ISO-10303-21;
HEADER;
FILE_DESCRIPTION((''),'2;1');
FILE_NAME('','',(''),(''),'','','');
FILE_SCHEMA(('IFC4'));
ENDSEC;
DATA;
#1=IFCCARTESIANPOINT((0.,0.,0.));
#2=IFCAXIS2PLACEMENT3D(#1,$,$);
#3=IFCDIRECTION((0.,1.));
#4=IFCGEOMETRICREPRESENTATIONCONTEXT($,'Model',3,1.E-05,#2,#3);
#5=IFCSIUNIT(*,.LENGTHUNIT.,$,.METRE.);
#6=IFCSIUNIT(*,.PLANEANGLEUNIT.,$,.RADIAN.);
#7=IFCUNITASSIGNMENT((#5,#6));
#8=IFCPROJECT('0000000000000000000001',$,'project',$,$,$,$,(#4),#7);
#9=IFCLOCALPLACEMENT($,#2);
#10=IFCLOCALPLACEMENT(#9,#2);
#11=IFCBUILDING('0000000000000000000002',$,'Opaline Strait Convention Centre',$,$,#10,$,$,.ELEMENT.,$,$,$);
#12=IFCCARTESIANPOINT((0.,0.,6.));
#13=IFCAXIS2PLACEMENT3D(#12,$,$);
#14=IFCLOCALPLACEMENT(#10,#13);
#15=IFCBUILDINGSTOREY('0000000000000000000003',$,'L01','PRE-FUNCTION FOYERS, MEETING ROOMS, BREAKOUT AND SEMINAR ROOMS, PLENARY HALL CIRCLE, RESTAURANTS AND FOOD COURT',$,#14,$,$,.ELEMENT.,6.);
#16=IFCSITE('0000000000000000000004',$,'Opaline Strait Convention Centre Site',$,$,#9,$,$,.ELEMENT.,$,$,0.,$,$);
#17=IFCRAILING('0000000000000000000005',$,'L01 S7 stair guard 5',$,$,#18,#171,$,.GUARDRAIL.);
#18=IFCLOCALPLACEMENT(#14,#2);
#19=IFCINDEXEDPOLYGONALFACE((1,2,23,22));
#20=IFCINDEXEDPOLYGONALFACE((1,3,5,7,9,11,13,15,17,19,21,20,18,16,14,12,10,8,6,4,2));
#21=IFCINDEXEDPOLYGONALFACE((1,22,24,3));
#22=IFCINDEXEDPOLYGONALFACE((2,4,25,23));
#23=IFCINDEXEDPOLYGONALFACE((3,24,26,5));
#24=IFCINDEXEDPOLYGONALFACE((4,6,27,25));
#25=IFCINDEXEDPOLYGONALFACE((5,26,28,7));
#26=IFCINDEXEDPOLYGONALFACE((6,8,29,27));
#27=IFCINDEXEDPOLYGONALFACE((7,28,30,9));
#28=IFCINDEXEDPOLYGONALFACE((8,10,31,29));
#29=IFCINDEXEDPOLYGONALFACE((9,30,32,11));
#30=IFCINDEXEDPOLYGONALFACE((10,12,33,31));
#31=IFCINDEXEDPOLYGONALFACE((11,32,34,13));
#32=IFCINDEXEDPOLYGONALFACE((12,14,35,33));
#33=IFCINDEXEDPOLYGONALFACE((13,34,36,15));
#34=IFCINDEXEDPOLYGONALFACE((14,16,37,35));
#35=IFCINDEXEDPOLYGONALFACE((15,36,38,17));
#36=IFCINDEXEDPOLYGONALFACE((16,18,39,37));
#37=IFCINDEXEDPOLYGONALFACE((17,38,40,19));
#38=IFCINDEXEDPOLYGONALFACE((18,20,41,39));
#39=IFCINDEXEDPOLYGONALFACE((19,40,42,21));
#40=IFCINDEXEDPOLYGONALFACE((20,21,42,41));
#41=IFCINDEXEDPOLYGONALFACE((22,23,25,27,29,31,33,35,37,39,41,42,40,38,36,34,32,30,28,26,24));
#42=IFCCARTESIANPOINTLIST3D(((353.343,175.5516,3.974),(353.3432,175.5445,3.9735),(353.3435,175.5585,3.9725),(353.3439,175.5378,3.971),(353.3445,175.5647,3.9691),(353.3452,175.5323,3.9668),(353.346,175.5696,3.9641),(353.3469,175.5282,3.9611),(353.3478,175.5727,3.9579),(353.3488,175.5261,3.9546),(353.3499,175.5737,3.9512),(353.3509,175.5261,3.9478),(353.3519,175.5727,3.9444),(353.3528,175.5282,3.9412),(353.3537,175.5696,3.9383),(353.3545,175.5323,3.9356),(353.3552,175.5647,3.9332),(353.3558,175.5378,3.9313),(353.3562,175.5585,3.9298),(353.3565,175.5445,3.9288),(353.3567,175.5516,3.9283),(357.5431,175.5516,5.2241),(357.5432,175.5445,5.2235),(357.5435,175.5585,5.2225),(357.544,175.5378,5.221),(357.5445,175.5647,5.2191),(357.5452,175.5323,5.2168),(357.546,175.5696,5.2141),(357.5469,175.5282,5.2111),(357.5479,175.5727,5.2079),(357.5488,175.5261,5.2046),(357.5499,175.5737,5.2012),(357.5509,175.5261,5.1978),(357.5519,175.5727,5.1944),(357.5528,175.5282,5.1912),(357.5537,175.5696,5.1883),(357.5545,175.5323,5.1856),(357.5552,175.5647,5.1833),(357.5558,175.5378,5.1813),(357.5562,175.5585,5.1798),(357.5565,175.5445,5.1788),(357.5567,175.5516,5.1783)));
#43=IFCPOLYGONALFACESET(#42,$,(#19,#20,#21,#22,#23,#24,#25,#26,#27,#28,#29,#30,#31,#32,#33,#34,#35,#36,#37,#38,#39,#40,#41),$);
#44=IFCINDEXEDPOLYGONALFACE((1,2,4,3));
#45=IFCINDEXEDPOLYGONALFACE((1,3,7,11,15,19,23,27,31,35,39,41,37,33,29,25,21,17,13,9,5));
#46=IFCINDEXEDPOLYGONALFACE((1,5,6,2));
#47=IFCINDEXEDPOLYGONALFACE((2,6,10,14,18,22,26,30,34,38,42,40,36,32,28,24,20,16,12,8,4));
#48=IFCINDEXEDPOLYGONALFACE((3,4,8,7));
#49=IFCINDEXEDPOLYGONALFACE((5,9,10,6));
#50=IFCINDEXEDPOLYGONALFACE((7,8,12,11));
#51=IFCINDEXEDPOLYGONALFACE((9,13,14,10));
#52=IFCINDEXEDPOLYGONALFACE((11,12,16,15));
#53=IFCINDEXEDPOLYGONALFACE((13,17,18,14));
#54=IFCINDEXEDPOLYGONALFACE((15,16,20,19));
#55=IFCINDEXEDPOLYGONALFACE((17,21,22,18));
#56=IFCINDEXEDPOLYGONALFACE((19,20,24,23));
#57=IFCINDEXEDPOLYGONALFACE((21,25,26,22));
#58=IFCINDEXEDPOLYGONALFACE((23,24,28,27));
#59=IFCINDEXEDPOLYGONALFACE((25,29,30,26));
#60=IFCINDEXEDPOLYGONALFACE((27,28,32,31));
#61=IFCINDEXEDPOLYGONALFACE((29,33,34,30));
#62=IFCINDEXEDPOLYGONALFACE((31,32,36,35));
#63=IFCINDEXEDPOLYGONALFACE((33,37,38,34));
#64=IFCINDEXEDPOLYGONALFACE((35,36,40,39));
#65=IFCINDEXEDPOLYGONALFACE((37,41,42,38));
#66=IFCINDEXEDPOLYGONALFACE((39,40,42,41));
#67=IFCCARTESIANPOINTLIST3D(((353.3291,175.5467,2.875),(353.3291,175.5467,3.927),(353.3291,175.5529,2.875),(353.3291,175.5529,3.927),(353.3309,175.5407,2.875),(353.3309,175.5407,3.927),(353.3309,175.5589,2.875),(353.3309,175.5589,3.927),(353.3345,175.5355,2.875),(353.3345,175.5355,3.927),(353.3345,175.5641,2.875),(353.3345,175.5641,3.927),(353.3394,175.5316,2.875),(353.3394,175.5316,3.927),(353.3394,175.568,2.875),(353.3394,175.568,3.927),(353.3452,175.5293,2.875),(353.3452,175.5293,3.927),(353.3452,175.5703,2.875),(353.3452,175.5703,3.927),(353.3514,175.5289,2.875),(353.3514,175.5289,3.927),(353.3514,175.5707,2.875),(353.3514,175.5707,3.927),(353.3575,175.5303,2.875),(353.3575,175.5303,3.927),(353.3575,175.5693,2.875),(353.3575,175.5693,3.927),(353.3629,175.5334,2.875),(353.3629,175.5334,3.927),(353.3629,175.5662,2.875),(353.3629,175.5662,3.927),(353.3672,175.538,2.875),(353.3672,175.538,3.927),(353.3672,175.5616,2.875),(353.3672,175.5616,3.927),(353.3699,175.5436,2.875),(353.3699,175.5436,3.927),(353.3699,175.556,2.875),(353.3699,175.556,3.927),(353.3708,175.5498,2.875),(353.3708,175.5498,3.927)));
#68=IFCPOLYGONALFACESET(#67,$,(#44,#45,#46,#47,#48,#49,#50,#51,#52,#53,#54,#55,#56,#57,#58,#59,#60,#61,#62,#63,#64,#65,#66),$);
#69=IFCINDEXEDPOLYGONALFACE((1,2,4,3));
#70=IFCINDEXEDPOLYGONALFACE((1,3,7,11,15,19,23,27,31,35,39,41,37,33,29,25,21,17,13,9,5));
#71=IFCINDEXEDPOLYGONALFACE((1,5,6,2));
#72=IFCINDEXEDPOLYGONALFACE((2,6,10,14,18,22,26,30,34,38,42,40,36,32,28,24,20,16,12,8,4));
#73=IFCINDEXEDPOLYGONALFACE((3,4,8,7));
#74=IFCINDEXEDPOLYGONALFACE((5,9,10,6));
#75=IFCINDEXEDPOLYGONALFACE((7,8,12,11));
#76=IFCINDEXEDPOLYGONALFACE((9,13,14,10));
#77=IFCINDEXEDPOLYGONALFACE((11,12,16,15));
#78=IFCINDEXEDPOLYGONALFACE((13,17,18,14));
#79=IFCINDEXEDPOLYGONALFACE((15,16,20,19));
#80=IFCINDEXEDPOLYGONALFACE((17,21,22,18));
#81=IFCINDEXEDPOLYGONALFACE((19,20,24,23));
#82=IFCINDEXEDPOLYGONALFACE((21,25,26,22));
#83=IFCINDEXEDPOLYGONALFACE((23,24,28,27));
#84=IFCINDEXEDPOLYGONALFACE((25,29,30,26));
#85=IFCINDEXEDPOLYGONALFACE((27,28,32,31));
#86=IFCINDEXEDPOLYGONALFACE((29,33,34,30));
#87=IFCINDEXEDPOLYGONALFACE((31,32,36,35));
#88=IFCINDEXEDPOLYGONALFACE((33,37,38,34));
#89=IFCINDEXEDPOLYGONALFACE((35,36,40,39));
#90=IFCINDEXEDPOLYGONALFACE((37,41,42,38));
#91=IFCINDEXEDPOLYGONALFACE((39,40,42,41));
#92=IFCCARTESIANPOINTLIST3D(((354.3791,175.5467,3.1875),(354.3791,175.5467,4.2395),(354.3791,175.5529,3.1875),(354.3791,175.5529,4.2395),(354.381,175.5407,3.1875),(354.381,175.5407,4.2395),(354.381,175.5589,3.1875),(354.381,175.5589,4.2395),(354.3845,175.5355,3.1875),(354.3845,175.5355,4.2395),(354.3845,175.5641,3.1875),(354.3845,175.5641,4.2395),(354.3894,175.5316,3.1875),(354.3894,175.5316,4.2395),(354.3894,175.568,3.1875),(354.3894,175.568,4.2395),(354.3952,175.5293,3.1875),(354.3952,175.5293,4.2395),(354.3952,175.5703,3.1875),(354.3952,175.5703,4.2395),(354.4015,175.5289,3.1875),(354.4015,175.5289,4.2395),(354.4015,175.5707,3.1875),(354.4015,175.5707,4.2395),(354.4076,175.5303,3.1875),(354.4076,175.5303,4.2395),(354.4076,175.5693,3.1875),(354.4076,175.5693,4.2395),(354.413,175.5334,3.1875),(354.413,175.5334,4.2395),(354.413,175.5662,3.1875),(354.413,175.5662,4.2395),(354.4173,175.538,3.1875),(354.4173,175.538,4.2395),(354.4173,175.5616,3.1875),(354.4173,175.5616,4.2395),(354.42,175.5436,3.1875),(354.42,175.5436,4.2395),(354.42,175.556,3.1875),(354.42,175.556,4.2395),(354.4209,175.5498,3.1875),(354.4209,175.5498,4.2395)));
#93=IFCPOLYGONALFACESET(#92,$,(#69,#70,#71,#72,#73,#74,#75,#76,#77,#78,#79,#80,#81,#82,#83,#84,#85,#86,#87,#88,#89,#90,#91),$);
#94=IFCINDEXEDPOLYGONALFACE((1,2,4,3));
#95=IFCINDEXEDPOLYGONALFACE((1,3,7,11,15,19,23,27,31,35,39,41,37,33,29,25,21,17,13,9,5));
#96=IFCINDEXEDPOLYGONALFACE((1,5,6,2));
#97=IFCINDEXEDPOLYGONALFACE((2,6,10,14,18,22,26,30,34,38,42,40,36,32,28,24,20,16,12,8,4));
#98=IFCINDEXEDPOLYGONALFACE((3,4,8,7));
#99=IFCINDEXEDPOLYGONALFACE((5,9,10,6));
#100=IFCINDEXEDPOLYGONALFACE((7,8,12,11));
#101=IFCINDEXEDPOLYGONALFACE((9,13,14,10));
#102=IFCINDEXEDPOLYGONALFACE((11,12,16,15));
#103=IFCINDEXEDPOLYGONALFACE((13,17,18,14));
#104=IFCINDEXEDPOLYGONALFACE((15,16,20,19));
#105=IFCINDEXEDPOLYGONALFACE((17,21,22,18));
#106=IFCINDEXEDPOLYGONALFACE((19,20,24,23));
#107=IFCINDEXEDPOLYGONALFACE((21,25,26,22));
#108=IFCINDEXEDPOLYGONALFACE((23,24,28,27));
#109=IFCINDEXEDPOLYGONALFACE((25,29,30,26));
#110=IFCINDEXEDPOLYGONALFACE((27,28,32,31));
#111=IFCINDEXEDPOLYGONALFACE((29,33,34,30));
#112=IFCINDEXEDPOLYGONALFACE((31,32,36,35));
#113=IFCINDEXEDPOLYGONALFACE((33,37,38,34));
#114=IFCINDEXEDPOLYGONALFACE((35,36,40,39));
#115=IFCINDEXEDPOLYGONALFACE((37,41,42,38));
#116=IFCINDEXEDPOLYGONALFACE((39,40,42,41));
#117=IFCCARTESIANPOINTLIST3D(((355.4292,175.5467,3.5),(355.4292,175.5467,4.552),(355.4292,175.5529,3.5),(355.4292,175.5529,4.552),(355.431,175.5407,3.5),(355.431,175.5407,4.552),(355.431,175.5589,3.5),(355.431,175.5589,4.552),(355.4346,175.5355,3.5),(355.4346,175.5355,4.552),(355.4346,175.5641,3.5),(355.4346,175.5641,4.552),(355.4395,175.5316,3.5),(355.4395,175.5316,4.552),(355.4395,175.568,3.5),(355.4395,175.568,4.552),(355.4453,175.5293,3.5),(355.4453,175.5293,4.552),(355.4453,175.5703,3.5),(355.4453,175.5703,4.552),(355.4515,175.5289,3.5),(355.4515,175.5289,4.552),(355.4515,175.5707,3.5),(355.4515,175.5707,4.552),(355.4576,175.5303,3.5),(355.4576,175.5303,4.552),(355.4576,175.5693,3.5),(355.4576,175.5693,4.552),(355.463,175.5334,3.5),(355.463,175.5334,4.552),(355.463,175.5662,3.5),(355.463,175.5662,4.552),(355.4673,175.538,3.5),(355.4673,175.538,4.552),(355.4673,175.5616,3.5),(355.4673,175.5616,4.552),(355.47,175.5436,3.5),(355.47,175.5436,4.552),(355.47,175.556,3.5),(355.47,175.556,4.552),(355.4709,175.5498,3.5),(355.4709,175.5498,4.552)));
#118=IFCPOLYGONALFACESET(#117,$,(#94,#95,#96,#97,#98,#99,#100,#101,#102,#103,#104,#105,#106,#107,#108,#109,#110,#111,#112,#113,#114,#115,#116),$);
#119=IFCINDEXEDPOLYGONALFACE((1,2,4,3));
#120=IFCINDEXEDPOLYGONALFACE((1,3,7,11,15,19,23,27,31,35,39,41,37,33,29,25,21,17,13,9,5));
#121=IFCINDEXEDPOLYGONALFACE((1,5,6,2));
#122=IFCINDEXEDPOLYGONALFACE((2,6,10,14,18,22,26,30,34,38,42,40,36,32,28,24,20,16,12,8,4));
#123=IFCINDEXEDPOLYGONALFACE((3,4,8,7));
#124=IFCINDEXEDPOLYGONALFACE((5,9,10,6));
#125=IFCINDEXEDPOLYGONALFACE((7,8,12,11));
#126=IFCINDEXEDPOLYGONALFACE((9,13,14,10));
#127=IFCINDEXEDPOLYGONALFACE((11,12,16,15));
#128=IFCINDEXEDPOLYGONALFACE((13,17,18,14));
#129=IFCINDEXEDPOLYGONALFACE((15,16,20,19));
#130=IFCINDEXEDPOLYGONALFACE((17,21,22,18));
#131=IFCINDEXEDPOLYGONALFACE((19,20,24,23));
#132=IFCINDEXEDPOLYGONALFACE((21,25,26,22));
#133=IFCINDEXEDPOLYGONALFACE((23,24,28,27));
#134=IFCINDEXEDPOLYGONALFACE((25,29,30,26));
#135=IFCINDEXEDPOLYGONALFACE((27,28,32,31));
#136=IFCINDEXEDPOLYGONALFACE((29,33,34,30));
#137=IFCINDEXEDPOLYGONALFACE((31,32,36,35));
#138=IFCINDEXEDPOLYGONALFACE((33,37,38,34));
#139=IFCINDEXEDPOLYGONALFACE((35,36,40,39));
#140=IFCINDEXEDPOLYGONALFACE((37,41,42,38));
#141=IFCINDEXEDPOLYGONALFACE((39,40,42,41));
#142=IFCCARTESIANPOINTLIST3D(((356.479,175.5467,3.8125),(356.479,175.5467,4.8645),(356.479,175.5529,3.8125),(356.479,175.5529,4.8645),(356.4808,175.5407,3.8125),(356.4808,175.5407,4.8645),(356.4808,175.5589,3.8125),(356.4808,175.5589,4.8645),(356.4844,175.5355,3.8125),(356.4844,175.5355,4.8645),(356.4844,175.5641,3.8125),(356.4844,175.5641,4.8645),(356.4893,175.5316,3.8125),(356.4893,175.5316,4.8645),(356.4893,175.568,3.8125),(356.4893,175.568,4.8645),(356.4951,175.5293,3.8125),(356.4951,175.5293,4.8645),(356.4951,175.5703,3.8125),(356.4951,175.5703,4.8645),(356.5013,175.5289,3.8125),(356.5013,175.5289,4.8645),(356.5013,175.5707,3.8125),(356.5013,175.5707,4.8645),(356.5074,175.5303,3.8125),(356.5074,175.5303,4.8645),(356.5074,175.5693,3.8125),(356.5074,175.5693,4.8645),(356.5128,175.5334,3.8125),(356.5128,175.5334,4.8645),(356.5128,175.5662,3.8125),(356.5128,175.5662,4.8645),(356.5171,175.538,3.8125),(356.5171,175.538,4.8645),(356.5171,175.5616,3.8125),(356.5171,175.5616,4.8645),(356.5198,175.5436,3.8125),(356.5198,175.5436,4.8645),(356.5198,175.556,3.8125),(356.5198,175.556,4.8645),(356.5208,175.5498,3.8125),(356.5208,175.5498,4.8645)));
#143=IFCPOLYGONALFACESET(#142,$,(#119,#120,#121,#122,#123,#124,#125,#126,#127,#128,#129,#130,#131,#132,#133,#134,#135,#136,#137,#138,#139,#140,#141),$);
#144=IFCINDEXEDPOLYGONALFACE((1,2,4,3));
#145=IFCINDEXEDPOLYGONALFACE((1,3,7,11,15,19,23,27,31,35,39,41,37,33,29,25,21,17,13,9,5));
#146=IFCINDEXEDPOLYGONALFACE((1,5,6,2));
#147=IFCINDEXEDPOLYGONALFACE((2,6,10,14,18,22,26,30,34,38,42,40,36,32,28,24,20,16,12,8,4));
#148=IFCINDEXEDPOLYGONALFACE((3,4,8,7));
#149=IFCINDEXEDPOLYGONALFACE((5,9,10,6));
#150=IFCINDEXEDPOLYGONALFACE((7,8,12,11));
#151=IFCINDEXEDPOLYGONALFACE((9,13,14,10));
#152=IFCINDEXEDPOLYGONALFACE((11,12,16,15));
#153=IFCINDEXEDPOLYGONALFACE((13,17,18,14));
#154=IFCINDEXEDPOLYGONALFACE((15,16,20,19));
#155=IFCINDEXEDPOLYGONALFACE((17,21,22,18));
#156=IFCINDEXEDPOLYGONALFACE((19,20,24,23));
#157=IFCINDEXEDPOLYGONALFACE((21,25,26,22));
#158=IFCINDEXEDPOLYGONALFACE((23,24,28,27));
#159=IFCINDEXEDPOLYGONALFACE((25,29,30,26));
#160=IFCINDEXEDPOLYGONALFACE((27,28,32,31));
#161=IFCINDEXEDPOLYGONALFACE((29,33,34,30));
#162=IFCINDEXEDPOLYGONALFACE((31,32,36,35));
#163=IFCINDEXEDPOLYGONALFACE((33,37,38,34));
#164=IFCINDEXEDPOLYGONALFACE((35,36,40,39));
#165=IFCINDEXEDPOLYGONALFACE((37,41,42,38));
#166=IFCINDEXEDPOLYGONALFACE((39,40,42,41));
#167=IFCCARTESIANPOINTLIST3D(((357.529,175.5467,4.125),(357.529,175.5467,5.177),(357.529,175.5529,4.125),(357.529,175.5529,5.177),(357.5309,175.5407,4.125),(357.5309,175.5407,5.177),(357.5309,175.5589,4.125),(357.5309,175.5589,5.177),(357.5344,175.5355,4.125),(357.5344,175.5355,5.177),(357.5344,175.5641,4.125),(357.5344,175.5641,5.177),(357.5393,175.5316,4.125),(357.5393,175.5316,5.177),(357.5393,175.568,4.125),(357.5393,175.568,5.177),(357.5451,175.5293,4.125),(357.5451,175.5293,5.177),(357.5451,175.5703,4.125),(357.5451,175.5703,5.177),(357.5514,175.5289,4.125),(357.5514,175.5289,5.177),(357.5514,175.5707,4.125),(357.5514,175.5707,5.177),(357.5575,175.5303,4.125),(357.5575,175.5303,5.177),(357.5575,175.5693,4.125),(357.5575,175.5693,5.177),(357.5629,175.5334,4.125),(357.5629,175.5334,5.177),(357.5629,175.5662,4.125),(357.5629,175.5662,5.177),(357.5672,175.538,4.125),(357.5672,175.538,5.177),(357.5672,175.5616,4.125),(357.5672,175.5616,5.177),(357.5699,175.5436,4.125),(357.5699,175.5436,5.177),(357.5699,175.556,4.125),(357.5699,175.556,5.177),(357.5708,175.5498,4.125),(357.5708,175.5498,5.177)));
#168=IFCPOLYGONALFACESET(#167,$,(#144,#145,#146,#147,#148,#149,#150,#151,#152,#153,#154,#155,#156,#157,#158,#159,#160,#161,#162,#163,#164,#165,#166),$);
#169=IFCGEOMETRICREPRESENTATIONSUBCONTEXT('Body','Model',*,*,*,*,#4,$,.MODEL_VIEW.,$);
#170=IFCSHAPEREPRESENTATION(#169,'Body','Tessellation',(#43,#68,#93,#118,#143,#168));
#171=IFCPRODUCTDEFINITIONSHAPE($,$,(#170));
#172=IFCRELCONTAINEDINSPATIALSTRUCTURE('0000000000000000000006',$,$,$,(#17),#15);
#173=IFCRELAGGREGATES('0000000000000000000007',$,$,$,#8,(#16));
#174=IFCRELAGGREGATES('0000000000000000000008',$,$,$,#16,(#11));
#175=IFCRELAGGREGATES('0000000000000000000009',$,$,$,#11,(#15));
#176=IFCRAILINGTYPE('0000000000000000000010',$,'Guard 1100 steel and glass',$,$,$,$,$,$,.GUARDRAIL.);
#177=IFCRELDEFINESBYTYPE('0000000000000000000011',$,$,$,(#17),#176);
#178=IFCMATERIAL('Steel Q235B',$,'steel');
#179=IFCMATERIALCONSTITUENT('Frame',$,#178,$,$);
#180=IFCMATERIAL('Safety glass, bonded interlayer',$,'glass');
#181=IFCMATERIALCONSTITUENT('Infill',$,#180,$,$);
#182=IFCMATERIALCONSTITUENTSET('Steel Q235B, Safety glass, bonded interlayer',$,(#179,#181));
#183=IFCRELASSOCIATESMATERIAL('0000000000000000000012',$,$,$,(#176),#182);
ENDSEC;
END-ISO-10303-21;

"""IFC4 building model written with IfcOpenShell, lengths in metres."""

from ifc_helpers import new_model, si_unit, direction, frame, origin, origin_2d, place, context, subcontext, project, spatial, circle, extrude, material, constituent, constituent_set, type_object, element, save


model = new_model("IFC4")

# Units and contexts
model_context = context("Model", 3, precision=1e-05, world=origin(), true_north=direction((0.0, 1.0)))
body_context = subcontext(model_context, "Body", "Model", "MODEL_VIEW")
ifc_project = project(units=[si_unit("LENGTHUNIT", "METRE"), si_unit("PLANEANGLEUNIT", "RADIAN")], contexts=[model_context])

# Site, building, storey
site_placement = place(None, origin())
site = spatial("IfcSite", under=ifc_project, at=site_placement, Name="Opaline Strait Convention Centre Site", CompositionType="ELEMENT", RefElevation=0.0)
building_placement = place(site_placement, origin())
building = spatial("IfcBuilding", under=site, at=building_placement, Name="Opaline Strait Convention Centre", CompositionType="ELEMENT")
storey_placement = place(building_placement, frame((0.0, 0.0, 6.0)))
storey = spatial("IfcBuildingStorey", under=building, at=storey_placement, Name="L01", Description="PRE-FUNCTION FOYERS, MEETING ROOMS, BREAKOUT AND SEMINAR ROOMS, PLENARY HALL CIRCLE, RESTAURANTS AND FOOD COURT", CompositionType="ELEMENT", Elevation=6.0)

# Shared definitions
ifc_material_1 = material(Name="Steel Q235B", Category="steel")

# Railing
ifc_constituent_1 = constituent(ifc_material_1, Name="Frame")
ifc_material_2 = material(Name="Safety glass, bonded interlayer", Category="glass")
ifc_constituent_2 = constituent(ifc_material_2, Name="Infill")
ifc_constituent_set = constituent_set(constituents=[ifc_constituent_1, ifc_constituent_2], Name="Steel Q235B, Safety glass, bonded interlayer")
railing_type_1 = type_object("IfcRailingType", Name="Guard 1100 steel and glass", PredefinedType="GUARDRAIL", material=ifc_constituent_set)
railing_1_placement = place(storey_placement, frame((353.3499, 175.5498, 2.875)))
element("IfcRailing", 1, at=railing_1_placement, inside=storey, type_object=railing_type_1, Name="L01 S7 stair guard 5", PredefinedType="GUARDRAIL", context=body_context, shape_type="SweptSolid", body=[
    extrude(circle(Radius=0.0239, at=origin_2d()), frame((0.0, 0.0, 1.0762), z_axis=(0.958451, 0.0, 0.285257), x_axis=(0.0, 1.0, 0.0)), (0.0, 0.0, 1.0), 4.3821),
    extrude(circle(Radius=0.021, at=origin_2d()), origin(), (0.0, 0.0, 1.0), 1.052),
    extrude(circle(Radius=0.021, at=origin_2d()), frame((1.05, 0.0, 0.3125)), (0.0, 0.0, 1.0), 1.052),
    extrude(circle(Radius=0.021, at=origin_2d()), frame((2.1001, 0.0, 0.625)), (0.0, 0.0, 1.0), 1.052),
    extrude(circle(Radius=0.021, at=origin_2d()), frame((3.1499, 0.0, 0.9375)), (0.0, 0.0, 1.0), 1.052),
    extrude(circle(Radius=0.021, at=origin_2d()), frame((4.2, 0.0, 1.25)), (0.0, 0.0, 1.0), 1.052),
])

save(model, "model.ifc")
